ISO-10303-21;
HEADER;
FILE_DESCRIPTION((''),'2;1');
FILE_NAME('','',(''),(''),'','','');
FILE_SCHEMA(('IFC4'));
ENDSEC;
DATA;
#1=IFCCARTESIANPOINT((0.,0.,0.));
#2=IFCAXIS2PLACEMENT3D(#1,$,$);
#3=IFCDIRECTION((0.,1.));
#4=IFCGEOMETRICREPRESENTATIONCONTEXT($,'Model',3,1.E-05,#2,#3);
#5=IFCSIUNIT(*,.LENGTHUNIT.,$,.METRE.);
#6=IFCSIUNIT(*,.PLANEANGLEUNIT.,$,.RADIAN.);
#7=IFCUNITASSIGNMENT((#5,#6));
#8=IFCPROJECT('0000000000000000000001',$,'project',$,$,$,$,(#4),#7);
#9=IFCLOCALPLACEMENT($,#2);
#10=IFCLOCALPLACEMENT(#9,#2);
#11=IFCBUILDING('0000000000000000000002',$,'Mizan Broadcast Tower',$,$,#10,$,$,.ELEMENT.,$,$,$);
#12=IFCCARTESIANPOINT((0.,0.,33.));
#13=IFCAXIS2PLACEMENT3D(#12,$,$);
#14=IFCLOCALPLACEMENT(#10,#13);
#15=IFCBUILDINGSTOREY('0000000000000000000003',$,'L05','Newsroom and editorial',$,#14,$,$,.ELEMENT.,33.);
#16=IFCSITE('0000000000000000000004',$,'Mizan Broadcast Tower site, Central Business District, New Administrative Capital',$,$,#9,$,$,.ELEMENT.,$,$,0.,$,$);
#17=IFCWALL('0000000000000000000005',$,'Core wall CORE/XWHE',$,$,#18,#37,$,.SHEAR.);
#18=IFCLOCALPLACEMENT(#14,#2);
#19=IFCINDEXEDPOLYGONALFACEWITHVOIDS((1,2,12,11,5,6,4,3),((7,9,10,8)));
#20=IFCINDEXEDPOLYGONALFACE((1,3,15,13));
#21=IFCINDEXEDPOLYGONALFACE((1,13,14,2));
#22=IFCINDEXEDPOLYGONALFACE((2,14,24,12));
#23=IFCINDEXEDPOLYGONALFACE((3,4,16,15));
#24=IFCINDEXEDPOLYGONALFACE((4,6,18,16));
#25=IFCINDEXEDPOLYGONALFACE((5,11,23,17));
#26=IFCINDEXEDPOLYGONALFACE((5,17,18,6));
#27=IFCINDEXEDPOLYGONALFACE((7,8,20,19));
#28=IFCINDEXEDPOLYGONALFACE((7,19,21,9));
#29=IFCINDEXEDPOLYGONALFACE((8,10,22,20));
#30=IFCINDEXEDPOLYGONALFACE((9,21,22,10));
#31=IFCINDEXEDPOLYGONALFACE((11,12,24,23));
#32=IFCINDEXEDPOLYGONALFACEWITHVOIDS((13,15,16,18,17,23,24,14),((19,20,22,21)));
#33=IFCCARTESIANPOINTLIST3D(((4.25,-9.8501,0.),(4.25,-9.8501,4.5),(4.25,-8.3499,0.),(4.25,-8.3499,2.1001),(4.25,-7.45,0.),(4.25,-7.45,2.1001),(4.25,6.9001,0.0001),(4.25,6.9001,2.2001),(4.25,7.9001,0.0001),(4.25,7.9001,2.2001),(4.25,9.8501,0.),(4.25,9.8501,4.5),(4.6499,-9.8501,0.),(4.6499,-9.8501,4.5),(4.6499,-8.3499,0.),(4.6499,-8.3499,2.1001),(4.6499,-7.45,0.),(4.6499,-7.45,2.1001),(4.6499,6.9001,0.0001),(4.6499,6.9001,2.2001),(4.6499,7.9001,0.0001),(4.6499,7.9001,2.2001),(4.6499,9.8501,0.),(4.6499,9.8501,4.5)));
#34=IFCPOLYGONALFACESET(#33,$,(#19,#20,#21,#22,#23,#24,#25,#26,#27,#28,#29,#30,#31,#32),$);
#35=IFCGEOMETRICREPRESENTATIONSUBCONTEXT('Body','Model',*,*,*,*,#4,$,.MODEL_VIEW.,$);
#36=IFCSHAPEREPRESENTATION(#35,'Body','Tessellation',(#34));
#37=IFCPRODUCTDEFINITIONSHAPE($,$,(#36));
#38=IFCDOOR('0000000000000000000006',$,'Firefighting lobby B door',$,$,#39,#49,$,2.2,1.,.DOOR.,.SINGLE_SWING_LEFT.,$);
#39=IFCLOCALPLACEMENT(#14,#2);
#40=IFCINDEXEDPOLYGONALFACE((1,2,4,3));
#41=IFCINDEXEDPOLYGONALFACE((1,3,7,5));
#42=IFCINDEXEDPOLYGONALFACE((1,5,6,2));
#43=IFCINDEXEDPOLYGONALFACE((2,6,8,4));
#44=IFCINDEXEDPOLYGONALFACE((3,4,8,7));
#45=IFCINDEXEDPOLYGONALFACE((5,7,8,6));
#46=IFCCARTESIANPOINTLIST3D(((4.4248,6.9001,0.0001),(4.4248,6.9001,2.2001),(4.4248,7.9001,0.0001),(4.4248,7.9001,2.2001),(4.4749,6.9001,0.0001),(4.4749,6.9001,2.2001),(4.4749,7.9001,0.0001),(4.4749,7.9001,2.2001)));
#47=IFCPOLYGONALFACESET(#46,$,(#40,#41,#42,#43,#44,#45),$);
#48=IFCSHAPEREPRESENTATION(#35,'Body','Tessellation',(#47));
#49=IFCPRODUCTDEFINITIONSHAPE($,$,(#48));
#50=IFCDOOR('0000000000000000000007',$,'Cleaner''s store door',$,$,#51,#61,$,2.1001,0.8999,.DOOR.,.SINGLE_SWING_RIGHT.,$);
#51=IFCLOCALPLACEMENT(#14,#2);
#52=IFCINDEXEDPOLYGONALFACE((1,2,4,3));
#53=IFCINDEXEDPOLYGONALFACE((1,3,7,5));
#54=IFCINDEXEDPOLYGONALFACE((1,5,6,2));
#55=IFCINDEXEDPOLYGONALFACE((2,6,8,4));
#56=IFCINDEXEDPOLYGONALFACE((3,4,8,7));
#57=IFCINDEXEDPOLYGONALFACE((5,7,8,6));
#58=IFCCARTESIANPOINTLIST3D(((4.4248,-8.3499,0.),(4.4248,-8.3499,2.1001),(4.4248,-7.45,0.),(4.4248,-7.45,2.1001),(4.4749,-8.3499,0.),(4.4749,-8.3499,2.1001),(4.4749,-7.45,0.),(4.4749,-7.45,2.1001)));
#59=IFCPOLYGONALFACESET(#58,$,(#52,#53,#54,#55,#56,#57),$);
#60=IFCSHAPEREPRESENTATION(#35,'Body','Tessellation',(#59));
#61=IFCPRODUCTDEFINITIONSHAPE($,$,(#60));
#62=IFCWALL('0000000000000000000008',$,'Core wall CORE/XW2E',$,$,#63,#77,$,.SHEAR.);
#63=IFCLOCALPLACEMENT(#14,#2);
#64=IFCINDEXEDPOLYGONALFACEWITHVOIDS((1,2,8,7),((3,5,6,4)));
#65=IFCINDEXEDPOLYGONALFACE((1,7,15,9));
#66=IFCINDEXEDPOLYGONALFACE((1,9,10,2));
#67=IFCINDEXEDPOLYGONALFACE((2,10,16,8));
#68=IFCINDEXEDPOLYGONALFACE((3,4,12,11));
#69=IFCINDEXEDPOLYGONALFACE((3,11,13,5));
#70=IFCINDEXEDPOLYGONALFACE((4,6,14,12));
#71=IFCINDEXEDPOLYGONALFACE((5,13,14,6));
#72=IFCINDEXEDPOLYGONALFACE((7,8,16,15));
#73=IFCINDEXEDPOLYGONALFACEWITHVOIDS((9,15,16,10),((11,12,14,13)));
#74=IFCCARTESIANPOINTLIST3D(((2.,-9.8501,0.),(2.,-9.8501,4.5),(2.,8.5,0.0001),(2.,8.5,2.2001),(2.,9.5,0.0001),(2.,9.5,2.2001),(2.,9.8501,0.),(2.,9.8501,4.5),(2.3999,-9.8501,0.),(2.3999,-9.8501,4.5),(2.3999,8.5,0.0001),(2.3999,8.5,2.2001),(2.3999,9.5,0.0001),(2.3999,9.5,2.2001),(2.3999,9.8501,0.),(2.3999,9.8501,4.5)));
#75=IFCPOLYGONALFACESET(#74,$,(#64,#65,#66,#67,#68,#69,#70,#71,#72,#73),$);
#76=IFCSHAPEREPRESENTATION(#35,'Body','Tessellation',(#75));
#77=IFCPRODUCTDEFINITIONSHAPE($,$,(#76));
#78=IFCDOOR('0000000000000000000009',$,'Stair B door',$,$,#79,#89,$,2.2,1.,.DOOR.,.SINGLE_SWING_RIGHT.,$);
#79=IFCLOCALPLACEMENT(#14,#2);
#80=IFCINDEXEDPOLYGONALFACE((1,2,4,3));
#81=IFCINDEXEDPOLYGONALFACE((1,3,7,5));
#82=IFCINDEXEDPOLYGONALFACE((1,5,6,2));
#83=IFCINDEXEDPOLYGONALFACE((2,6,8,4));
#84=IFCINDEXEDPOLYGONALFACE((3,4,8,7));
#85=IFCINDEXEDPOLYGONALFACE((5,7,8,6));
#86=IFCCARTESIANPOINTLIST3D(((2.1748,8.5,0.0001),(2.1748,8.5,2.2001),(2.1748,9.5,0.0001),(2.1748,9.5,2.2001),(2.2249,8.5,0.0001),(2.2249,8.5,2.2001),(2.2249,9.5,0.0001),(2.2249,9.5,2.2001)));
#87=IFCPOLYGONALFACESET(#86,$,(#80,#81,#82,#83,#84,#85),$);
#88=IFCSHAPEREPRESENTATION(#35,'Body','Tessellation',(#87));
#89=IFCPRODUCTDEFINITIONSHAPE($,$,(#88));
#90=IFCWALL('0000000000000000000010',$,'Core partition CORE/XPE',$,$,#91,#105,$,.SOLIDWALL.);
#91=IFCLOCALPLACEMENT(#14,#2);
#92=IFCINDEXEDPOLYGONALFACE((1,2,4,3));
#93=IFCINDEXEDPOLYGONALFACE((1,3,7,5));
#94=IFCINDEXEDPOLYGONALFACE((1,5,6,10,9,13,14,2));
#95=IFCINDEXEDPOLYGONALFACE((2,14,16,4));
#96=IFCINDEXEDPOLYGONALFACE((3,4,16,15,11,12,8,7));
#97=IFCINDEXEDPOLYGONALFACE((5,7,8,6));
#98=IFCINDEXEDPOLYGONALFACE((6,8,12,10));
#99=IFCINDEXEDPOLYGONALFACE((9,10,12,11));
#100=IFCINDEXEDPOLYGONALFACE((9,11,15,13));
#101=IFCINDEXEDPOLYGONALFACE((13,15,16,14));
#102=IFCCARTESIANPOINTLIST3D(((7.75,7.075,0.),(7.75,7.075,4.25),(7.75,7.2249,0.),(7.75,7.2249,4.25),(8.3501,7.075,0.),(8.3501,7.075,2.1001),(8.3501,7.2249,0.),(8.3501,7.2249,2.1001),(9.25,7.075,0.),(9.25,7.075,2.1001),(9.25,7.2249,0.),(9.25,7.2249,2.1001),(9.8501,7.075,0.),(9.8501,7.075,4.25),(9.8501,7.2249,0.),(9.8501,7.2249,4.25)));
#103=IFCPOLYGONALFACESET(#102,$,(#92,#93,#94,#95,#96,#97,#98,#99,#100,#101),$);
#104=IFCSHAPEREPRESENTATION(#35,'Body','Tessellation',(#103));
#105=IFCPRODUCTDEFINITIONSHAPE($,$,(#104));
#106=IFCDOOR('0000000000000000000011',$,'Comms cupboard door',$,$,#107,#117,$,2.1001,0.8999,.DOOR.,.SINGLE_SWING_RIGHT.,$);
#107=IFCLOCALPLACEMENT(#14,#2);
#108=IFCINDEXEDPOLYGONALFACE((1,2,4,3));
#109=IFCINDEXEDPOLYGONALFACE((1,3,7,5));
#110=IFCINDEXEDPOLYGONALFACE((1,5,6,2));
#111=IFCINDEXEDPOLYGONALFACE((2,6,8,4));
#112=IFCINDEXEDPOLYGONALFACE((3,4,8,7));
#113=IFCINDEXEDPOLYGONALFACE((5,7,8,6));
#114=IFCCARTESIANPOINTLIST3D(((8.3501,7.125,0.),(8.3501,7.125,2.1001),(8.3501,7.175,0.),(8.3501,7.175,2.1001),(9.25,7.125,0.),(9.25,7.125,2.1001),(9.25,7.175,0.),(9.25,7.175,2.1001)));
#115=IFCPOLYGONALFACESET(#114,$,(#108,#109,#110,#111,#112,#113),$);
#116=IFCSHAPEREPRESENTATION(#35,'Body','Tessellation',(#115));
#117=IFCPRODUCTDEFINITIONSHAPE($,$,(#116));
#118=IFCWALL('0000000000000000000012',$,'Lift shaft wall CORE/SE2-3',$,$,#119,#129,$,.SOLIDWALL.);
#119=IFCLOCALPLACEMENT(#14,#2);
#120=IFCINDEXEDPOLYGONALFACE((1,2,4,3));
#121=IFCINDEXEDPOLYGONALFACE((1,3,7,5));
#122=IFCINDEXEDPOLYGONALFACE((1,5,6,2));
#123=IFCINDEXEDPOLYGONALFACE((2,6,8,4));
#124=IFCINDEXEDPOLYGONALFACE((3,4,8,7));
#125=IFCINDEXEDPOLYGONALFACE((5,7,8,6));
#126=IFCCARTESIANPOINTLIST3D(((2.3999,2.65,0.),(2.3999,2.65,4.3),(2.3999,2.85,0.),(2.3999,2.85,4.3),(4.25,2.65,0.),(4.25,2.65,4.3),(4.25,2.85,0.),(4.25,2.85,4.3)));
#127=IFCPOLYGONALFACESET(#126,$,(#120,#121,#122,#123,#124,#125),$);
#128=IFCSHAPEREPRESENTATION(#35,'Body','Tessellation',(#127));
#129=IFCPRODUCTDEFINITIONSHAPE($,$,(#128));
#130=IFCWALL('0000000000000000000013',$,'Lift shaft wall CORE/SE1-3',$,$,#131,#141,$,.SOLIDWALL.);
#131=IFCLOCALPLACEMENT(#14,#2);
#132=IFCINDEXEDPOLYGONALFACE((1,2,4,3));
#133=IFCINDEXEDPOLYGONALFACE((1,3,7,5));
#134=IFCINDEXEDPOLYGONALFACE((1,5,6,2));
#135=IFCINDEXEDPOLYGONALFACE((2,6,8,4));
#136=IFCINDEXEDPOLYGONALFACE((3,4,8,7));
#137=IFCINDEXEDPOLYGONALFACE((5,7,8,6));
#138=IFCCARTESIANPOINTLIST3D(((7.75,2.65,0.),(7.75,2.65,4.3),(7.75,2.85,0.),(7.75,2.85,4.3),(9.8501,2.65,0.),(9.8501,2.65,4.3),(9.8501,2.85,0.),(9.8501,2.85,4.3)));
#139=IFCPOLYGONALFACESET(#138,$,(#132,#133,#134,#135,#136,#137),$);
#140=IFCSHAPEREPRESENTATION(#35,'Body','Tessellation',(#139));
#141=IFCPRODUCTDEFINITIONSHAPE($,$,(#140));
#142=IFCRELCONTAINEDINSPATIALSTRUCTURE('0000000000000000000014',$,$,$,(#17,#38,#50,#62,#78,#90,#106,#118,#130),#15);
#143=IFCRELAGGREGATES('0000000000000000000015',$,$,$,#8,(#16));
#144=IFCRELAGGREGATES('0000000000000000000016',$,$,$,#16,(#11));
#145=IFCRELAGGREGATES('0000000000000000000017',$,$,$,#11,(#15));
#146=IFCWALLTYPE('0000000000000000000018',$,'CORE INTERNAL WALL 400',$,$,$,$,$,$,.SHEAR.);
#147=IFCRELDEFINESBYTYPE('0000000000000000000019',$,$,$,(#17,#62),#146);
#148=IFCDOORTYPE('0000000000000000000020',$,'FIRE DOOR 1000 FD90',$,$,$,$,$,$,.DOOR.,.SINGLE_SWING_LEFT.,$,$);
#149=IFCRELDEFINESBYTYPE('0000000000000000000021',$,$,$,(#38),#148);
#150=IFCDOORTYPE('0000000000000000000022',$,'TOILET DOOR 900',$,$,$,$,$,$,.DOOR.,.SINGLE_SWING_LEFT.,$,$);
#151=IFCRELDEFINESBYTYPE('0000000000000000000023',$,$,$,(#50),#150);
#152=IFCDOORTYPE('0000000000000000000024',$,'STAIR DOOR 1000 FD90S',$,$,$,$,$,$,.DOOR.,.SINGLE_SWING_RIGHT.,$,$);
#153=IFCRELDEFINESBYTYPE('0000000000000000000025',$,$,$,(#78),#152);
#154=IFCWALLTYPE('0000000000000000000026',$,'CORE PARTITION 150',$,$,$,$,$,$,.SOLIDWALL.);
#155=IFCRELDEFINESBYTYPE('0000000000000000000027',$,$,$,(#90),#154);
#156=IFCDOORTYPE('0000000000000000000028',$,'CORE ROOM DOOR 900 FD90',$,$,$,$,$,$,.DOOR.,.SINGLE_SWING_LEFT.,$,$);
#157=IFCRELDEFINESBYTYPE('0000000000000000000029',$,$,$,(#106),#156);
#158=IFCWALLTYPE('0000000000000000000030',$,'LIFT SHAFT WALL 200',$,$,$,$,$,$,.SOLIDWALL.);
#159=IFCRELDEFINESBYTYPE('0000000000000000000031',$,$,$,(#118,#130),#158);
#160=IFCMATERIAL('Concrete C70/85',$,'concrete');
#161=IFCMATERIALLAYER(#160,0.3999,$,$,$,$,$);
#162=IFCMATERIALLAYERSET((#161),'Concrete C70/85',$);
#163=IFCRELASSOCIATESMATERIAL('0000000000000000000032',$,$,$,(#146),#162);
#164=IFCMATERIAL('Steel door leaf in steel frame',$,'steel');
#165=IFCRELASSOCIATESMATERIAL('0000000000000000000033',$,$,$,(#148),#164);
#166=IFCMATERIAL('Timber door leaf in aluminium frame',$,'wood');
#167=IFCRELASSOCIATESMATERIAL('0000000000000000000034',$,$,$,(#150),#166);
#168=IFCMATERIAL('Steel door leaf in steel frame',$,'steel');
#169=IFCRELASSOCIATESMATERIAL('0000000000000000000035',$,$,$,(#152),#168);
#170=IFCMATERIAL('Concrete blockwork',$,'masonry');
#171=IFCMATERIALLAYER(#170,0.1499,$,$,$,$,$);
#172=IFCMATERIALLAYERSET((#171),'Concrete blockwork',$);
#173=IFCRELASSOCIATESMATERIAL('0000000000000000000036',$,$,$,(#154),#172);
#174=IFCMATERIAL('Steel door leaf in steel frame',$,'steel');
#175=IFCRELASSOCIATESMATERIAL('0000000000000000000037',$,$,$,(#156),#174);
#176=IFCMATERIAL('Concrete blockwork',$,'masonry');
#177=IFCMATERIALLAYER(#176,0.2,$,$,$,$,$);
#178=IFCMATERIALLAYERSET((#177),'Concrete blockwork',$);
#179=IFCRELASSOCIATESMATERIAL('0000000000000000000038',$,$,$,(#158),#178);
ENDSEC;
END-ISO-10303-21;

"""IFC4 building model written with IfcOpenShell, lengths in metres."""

from ifc_helpers import new_model, si_unit, direction, frame, frame_2d, origin, place, context, subcontext, project, spatial, rectangle, extrude, material, layer, layer_set, type_object, element, fill, save


model = new_model("IFC4")

# Units and contexts
model_context = context("Model", 3, precision=1e-05, world=origin(), true_north=direction((0.0, 1.0)))
body_context = subcontext(model_context, "Body", "Model", "MODEL_VIEW")
ifc_project = project(units=[si_unit("LENGTHUNIT", "METRE"), si_unit("PLANEANGLEUNIT", "RADIAN")], contexts=[model_context])

# Site, building, storey
site_placement = place(None, origin())
site = spatial("IfcSite", under=ifc_project, at=site_placement, Name="Mizan Broadcast Tower site, Central Business District, New Administrative Capital", CompositionType="ELEMENT", RefElevation=0.0)
building_placement = place(site_placement, origin())
building = spatial("IfcBuilding", under=site, at=building_placement, Name="Mizan Broadcast Tower", CompositionType="ELEMENT")
storey_placement = place(building_placement, frame((0.0, 0.0, 33.0)))
storey = spatial("IfcBuildingStorey", under=building, at=storey_placement, Name="L05", Description="Newsroom and editorial", CompositionType="ELEMENT", Elevation=33.0)

# Wall, openings, doors
ifc_material_1 = material(Name="Concrete C70/85", Category="concrete")
ifc_layer_1 = layer(ifc_material_1, 0.3999)
ifc_layer_set_1 = layer_set([ifc_layer_1], Name="Concrete C70/85")
wall_type_1 = type_object("IfcWallType", Name="CORE INTERNAL WALL 400", PredefinedType="SHEAR", material=ifc_layer_set_1)
ifc_material_2 = material(Name="Steel door leaf in steel frame", Category="steel")
door_type_1 = type_object("IfcDoorType", Name="FIRE DOOR 1000 FD90", OperationType="SINGLE_SWING_LEFT", PredefinedType="DOOR", material=ifc_material_2)
ifc_material_3 = material(Name="Timber door leaf in aluminium frame", Category="wood")
door_type_2 = type_object("IfcDoorType", Name="TOILET DOOR 900", OperationType="SINGLE_SWING_LEFT", PredefinedType="DOOR", material=ifc_material_3)
wall_1_placement = place(storey_placement, frame((4.45, 9.8501, 0.0), z_axis=(0.0, 0.0, 1.0), x_axis=(0.0, -1.0, 0.0)))
wall_1 = element("IfcWall", 1, at=wall_1_placement, inside=storey, type_object=wall_type_1, Name="Core wall CORE/XWHE", PredefinedType="SHEAR", context=body_context, shape_type="SweptSolid", body=[
    extrude(rectangle(XDim=19.7002, YDim=0.3999, at=frame_2d((9.8501, 0.0))), origin(), (0.0, 0.0, 1.0), 4.5),
])
opening_1_placement = place(wall_1_placement, frame((1.95, 0.0, 0.0)))
opening_1 = element("IfcOpeningElement", 2, at=opening_1_placement, cuts=wall_1, PredefinedType="OPENING", context=body_context, shape_type="SweptSolid", body=[
    extrude(rectangle(XDim=1.0, YDim=2.2, at=frame_2d((0.5, 1.1001))), frame((0.0, 0.21, 0.0), z_axis=(0.0, -1.0, 0.0), x_axis=(1.0, 0.0, 0.0)), (0.0, 0.0, 1.0), 0.4199),
])
opening_2_placement = place(wall_1_placement, frame((17.3, 0.0, 0.0)))
opening_2 = element("IfcOpeningElement", 3, at=opening_2_placement, cuts=wall_1, PredefinedType="OPENING", context=body_context, shape_type="SweptSolid", body=[
    extrude(rectangle(XDim=0.8999, YDim=2.1001, at=frame_2d((0.45, 1.05))), frame((0.0, 0.21, 0.0), z_axis=(0.0, -1.0, 0.0), x_axis=(1.0, 0.0, 0.0)), (0.0, 0.0, 1.0), 0.4199),
])
door_1_placement = place(opening_1_placement, origin())
door_1 = element("IfcDoor", 4, at=door_1_placement, inside=storey, type_object=door_type_1, Name="Firefighting lobby B door", OperationType="SINGLE_SWING_LEFT", OverallHeight=2.2, OverallWidth=1.0, PredefinedType="DOOR", context=body_context, shape_type="SweptSolid", body=[
    extrude(rectangle(XDim=1.0, YDim=2.2, at=frame_2d((0.5, 1.1001))), frame((0.0, 0.0249, 0.0), z_axis=(0.0, -1.0, 0.0), x_axis=(1.0, 0.0, 0.0)), (0.0, 0.0, 1.0), 0.05),
])
fill(opening_1, door_1)
door_2_placement = place(opening_2_placement, origin())
door_2 = element("IfcDoor", 5, at=door_2_placement, inside=storey, type_object=door_type_2, Name="Cleaner's store door", OperationType="SINGLE_SWING_RIGHT", OverallHeight=2.1001, OverallWidth=0.8999, PredefinedType="DOOR", context=body_context, shape_type="SweptSolid", body=[
    extrude(rectangle(XDim=0.8999, YDim=2.1001, at=frame_2d((0.45, 1.05))), frame((0.0, 0.0249, 0.0), z_axis=(0.0, -1.0, 0.0), x_axis=(1.0, 0.0, 0.0)), (0.0, 0.0, 1.0), 0.05),
])
fill(opening_2, door_2)

# Walls, openings, doors
wall_2_placement = place(storey_placement, frame((2.2, 9.8501, 0.0), z_axis=(0.0, 0.0, 1.0), x_axis=(0.0, -1.0, 0.0)))
wall_2 = element("IfcWall", 6, at=wall_2_placement, inside=storey, type_object=wall_type_1, Name="Core wall CORE/XW2E", PredefinedType="SHEAR", context=body_context, shape_type="SweptSolid", body=[
    extrude(rectangle(XDim=19.7002, YDim=0.3999, at=frame_2d((9.8501, 0.0))), origin(), (0.0, 0.0, 1.0), 4.5),
])
opening_3_placement = place(wall_2_placement, frame((0.3501, 0.0, 0.0)))
opening_3 = element("IfcOpeningElement", 7, at=opening_3_placement, cuts=wall_2, PredefinedType="OPENING", context=body_context, shape_type="SweptSolid", body=[
    extrude(rectangle(XDim=1.0, YDim=2.2, at=frame_2d((0.5, 1.1001))), frame((0.0, 0.21, 0.0), z_axis=(0.0, -1.0, 0.0), x_axis=(1.0, 0.0, 0.0)), (0.0, 0.0, 1.0), 0.4199),
])
ifc_material_4 = material(Name="Steel door leaf in steel frame", Category="steel")
door_type_3 = type_object("IfcDoorType", Name="STAIR DOOR 1000 FD90S", OperationType="SINGLE_SWING_RIGHT", PredefinedType="DOOR", material=ifc_material_4)
door_3_placement = place(opening_3_placement, origin())
door_3 = element("IfcDoor", 8, at=door_3_placement, inside=storey, type_object=door_type_3, Name="Stair B door", OperationType="SINGLE_SWING_RIGHT", OverallHeight=2.2, OverallWidth=1.0, PredefinedType="DOOR", context=body_context, shape_type="SweptSolid", body=[
    extrude(rectangle(XDim=1.0, YDim=2.2, at=frame_2d((0.5, 1.1001))), frame((0.0, 0.0249, 0.0), z_axis=(0.0, -1.0, 0.0), x_axis=(1.0, 0.0, 0.0)), (0.0, 0.0, 1.0), 0.05),
])
fill(opening_3, door_3)
ifc_material_5 = material(Name="Concrete blockwork", Category="masonry")
ifc_layer_2 = layer(ifc_material_5, 0.1499)
ifc_layer_set_2 = layer_set([ifc_layer_2], Name="Concrete blockwork")
wall_type_2 = type_object("IfcWallType", Name="CORE PARTITION 150", PredefinedType="SOLIDWALL", material=ifc_layer_set_2)
wall_3_placement = place(storey_placement, frame((9.8501, 7.1499, 0.0), z_axis=(0.0, 0.0, 1.0), x_axis=(-1.0, 0.0, 0.0)))
wall_3 = element("IfcWall", 9, at=wall_3_placement, inside=storey, type_object=wall_type_2, Name="Core partition CORE/XPE", PredefinedType="SOLIDWALL", context=body_context, shape_type="SweptSolid", body=[
    extrude(rectangle(XDim=2.1001, YDim=0.1499, at=frame_2d((1.05, 0.0))), origin(), (0.0, 0.0, 1.0), 4.25),
])
opening_4_placement = place(wall_3_placement, frame((0.6001, 0.0, 0.0)))
opening_4 = element("IfcOpeningElement", 10, at=opening_4_placement, cuts=wall_3, PredefinedType="OPENING", context=body_context, shape_type="SweptSolid", body=[
    extrude(rectangle(XDim=0.8999, YDim=2.1001, at=frame_2d((0.45, 1.05))), frame((0.0, 0.085, 0.0), z_axis=(0.0, -1.0, 0.0), x_axis=(1.0, 0.0, 0.0)), (0.0, 0.0, 1.0), 0.1699),
])
ifc_material_6 = material(Name="Steel door leaf in steel frame", Category="steel")
door_type_4 = type_object("IfcDoorType", Name="CORE ROOM DOOR 900 FD90", OperationType="SINGLE_SWING_LEFT", PredefinedType="DOOR", material=ifc_material_6)
door_4_placement = place(opening_4_placement, origin())
door_4 = element("IfcDoor", 11, at=door_4_placement, inside=storey, type_object=door_type_4, Name="Comms cupboard door", OperationType="SINGLE_SWING_RIGHT", OverallHeight=2.1001, OverallWidth=0.8999, PredefinedType="DOOR", context=body_context, shape_type="SweptSolid", body=[
    extrude(rectangle(XDim=0.8999, YDim=2.1001, at=frame_2d((0.45, 1.05))), frame((0.0, 0.0249, 0.0), z_axis=(0.0, -1.0, 0.0), x_axis=(1.0, 0.0, 0.0)), (0.0, 0.0, 1.0), 0.05),
])
fill(opening_4, door_4)

# Walls
ifc_material_7 = material(Name="Concrete blockwork", Category="masonry")
ifc_layer_3 = layer(ifc_material_7, 0.2)
ifc_layer_set_3 = layer_set([ifc_layer_3], Name="Concrete blockwork")
wall_type_3 = type_object("IfcWallType", Name="LIFT SHAFT WALL 200", PredefinedType="SOLIDWALL", material=ifc_layer_set_3)
wall_4_placement = place(storey_placement, frame((2.3999, 2.75, 0.0), z_axis=(0.0, 0.0, 1.0), x_axis=(1.0, 0.0, 0.0)))
element("IfcWall", 12, at=wall_4_placement, inside=storey, type_object=wall_type_3, Name="Lift shaft wall CORE/SE2-3", PredefinedType="SOLIDWALL", context=body_context, shape_type="SweptSolid", body=[
    extrude(rectangle(XDim=1.8501, YDim=0.2, at=frame_2d((0.925, 0.0))), origin(), (0.0, 0.0, 1.0), 4.3),
])
wall_5_placement = place(storey_placement, frame((7.75, 2.75, 0.0), z_axis=(0.0, 0.0, 1.0), x_axis=(1.0, 0.0, 0.0)))
element("IfcWall", 13, at=wall_5_placement, inside=storey, type_object=wall_type_3, Name="Lift shaft wall CORE/SE1-3", PredefinedType="SOLIDWALL", context=body_context, shape_type="SweptSolid", body=[
    extrude(rectangle(XDim=2.1001, YDim=0.2, at=frame_2d((1.05, 0.0))), origin(), (0.0, 0.0, 1.0), 4.3),
])

save(model, "model.ifc")
